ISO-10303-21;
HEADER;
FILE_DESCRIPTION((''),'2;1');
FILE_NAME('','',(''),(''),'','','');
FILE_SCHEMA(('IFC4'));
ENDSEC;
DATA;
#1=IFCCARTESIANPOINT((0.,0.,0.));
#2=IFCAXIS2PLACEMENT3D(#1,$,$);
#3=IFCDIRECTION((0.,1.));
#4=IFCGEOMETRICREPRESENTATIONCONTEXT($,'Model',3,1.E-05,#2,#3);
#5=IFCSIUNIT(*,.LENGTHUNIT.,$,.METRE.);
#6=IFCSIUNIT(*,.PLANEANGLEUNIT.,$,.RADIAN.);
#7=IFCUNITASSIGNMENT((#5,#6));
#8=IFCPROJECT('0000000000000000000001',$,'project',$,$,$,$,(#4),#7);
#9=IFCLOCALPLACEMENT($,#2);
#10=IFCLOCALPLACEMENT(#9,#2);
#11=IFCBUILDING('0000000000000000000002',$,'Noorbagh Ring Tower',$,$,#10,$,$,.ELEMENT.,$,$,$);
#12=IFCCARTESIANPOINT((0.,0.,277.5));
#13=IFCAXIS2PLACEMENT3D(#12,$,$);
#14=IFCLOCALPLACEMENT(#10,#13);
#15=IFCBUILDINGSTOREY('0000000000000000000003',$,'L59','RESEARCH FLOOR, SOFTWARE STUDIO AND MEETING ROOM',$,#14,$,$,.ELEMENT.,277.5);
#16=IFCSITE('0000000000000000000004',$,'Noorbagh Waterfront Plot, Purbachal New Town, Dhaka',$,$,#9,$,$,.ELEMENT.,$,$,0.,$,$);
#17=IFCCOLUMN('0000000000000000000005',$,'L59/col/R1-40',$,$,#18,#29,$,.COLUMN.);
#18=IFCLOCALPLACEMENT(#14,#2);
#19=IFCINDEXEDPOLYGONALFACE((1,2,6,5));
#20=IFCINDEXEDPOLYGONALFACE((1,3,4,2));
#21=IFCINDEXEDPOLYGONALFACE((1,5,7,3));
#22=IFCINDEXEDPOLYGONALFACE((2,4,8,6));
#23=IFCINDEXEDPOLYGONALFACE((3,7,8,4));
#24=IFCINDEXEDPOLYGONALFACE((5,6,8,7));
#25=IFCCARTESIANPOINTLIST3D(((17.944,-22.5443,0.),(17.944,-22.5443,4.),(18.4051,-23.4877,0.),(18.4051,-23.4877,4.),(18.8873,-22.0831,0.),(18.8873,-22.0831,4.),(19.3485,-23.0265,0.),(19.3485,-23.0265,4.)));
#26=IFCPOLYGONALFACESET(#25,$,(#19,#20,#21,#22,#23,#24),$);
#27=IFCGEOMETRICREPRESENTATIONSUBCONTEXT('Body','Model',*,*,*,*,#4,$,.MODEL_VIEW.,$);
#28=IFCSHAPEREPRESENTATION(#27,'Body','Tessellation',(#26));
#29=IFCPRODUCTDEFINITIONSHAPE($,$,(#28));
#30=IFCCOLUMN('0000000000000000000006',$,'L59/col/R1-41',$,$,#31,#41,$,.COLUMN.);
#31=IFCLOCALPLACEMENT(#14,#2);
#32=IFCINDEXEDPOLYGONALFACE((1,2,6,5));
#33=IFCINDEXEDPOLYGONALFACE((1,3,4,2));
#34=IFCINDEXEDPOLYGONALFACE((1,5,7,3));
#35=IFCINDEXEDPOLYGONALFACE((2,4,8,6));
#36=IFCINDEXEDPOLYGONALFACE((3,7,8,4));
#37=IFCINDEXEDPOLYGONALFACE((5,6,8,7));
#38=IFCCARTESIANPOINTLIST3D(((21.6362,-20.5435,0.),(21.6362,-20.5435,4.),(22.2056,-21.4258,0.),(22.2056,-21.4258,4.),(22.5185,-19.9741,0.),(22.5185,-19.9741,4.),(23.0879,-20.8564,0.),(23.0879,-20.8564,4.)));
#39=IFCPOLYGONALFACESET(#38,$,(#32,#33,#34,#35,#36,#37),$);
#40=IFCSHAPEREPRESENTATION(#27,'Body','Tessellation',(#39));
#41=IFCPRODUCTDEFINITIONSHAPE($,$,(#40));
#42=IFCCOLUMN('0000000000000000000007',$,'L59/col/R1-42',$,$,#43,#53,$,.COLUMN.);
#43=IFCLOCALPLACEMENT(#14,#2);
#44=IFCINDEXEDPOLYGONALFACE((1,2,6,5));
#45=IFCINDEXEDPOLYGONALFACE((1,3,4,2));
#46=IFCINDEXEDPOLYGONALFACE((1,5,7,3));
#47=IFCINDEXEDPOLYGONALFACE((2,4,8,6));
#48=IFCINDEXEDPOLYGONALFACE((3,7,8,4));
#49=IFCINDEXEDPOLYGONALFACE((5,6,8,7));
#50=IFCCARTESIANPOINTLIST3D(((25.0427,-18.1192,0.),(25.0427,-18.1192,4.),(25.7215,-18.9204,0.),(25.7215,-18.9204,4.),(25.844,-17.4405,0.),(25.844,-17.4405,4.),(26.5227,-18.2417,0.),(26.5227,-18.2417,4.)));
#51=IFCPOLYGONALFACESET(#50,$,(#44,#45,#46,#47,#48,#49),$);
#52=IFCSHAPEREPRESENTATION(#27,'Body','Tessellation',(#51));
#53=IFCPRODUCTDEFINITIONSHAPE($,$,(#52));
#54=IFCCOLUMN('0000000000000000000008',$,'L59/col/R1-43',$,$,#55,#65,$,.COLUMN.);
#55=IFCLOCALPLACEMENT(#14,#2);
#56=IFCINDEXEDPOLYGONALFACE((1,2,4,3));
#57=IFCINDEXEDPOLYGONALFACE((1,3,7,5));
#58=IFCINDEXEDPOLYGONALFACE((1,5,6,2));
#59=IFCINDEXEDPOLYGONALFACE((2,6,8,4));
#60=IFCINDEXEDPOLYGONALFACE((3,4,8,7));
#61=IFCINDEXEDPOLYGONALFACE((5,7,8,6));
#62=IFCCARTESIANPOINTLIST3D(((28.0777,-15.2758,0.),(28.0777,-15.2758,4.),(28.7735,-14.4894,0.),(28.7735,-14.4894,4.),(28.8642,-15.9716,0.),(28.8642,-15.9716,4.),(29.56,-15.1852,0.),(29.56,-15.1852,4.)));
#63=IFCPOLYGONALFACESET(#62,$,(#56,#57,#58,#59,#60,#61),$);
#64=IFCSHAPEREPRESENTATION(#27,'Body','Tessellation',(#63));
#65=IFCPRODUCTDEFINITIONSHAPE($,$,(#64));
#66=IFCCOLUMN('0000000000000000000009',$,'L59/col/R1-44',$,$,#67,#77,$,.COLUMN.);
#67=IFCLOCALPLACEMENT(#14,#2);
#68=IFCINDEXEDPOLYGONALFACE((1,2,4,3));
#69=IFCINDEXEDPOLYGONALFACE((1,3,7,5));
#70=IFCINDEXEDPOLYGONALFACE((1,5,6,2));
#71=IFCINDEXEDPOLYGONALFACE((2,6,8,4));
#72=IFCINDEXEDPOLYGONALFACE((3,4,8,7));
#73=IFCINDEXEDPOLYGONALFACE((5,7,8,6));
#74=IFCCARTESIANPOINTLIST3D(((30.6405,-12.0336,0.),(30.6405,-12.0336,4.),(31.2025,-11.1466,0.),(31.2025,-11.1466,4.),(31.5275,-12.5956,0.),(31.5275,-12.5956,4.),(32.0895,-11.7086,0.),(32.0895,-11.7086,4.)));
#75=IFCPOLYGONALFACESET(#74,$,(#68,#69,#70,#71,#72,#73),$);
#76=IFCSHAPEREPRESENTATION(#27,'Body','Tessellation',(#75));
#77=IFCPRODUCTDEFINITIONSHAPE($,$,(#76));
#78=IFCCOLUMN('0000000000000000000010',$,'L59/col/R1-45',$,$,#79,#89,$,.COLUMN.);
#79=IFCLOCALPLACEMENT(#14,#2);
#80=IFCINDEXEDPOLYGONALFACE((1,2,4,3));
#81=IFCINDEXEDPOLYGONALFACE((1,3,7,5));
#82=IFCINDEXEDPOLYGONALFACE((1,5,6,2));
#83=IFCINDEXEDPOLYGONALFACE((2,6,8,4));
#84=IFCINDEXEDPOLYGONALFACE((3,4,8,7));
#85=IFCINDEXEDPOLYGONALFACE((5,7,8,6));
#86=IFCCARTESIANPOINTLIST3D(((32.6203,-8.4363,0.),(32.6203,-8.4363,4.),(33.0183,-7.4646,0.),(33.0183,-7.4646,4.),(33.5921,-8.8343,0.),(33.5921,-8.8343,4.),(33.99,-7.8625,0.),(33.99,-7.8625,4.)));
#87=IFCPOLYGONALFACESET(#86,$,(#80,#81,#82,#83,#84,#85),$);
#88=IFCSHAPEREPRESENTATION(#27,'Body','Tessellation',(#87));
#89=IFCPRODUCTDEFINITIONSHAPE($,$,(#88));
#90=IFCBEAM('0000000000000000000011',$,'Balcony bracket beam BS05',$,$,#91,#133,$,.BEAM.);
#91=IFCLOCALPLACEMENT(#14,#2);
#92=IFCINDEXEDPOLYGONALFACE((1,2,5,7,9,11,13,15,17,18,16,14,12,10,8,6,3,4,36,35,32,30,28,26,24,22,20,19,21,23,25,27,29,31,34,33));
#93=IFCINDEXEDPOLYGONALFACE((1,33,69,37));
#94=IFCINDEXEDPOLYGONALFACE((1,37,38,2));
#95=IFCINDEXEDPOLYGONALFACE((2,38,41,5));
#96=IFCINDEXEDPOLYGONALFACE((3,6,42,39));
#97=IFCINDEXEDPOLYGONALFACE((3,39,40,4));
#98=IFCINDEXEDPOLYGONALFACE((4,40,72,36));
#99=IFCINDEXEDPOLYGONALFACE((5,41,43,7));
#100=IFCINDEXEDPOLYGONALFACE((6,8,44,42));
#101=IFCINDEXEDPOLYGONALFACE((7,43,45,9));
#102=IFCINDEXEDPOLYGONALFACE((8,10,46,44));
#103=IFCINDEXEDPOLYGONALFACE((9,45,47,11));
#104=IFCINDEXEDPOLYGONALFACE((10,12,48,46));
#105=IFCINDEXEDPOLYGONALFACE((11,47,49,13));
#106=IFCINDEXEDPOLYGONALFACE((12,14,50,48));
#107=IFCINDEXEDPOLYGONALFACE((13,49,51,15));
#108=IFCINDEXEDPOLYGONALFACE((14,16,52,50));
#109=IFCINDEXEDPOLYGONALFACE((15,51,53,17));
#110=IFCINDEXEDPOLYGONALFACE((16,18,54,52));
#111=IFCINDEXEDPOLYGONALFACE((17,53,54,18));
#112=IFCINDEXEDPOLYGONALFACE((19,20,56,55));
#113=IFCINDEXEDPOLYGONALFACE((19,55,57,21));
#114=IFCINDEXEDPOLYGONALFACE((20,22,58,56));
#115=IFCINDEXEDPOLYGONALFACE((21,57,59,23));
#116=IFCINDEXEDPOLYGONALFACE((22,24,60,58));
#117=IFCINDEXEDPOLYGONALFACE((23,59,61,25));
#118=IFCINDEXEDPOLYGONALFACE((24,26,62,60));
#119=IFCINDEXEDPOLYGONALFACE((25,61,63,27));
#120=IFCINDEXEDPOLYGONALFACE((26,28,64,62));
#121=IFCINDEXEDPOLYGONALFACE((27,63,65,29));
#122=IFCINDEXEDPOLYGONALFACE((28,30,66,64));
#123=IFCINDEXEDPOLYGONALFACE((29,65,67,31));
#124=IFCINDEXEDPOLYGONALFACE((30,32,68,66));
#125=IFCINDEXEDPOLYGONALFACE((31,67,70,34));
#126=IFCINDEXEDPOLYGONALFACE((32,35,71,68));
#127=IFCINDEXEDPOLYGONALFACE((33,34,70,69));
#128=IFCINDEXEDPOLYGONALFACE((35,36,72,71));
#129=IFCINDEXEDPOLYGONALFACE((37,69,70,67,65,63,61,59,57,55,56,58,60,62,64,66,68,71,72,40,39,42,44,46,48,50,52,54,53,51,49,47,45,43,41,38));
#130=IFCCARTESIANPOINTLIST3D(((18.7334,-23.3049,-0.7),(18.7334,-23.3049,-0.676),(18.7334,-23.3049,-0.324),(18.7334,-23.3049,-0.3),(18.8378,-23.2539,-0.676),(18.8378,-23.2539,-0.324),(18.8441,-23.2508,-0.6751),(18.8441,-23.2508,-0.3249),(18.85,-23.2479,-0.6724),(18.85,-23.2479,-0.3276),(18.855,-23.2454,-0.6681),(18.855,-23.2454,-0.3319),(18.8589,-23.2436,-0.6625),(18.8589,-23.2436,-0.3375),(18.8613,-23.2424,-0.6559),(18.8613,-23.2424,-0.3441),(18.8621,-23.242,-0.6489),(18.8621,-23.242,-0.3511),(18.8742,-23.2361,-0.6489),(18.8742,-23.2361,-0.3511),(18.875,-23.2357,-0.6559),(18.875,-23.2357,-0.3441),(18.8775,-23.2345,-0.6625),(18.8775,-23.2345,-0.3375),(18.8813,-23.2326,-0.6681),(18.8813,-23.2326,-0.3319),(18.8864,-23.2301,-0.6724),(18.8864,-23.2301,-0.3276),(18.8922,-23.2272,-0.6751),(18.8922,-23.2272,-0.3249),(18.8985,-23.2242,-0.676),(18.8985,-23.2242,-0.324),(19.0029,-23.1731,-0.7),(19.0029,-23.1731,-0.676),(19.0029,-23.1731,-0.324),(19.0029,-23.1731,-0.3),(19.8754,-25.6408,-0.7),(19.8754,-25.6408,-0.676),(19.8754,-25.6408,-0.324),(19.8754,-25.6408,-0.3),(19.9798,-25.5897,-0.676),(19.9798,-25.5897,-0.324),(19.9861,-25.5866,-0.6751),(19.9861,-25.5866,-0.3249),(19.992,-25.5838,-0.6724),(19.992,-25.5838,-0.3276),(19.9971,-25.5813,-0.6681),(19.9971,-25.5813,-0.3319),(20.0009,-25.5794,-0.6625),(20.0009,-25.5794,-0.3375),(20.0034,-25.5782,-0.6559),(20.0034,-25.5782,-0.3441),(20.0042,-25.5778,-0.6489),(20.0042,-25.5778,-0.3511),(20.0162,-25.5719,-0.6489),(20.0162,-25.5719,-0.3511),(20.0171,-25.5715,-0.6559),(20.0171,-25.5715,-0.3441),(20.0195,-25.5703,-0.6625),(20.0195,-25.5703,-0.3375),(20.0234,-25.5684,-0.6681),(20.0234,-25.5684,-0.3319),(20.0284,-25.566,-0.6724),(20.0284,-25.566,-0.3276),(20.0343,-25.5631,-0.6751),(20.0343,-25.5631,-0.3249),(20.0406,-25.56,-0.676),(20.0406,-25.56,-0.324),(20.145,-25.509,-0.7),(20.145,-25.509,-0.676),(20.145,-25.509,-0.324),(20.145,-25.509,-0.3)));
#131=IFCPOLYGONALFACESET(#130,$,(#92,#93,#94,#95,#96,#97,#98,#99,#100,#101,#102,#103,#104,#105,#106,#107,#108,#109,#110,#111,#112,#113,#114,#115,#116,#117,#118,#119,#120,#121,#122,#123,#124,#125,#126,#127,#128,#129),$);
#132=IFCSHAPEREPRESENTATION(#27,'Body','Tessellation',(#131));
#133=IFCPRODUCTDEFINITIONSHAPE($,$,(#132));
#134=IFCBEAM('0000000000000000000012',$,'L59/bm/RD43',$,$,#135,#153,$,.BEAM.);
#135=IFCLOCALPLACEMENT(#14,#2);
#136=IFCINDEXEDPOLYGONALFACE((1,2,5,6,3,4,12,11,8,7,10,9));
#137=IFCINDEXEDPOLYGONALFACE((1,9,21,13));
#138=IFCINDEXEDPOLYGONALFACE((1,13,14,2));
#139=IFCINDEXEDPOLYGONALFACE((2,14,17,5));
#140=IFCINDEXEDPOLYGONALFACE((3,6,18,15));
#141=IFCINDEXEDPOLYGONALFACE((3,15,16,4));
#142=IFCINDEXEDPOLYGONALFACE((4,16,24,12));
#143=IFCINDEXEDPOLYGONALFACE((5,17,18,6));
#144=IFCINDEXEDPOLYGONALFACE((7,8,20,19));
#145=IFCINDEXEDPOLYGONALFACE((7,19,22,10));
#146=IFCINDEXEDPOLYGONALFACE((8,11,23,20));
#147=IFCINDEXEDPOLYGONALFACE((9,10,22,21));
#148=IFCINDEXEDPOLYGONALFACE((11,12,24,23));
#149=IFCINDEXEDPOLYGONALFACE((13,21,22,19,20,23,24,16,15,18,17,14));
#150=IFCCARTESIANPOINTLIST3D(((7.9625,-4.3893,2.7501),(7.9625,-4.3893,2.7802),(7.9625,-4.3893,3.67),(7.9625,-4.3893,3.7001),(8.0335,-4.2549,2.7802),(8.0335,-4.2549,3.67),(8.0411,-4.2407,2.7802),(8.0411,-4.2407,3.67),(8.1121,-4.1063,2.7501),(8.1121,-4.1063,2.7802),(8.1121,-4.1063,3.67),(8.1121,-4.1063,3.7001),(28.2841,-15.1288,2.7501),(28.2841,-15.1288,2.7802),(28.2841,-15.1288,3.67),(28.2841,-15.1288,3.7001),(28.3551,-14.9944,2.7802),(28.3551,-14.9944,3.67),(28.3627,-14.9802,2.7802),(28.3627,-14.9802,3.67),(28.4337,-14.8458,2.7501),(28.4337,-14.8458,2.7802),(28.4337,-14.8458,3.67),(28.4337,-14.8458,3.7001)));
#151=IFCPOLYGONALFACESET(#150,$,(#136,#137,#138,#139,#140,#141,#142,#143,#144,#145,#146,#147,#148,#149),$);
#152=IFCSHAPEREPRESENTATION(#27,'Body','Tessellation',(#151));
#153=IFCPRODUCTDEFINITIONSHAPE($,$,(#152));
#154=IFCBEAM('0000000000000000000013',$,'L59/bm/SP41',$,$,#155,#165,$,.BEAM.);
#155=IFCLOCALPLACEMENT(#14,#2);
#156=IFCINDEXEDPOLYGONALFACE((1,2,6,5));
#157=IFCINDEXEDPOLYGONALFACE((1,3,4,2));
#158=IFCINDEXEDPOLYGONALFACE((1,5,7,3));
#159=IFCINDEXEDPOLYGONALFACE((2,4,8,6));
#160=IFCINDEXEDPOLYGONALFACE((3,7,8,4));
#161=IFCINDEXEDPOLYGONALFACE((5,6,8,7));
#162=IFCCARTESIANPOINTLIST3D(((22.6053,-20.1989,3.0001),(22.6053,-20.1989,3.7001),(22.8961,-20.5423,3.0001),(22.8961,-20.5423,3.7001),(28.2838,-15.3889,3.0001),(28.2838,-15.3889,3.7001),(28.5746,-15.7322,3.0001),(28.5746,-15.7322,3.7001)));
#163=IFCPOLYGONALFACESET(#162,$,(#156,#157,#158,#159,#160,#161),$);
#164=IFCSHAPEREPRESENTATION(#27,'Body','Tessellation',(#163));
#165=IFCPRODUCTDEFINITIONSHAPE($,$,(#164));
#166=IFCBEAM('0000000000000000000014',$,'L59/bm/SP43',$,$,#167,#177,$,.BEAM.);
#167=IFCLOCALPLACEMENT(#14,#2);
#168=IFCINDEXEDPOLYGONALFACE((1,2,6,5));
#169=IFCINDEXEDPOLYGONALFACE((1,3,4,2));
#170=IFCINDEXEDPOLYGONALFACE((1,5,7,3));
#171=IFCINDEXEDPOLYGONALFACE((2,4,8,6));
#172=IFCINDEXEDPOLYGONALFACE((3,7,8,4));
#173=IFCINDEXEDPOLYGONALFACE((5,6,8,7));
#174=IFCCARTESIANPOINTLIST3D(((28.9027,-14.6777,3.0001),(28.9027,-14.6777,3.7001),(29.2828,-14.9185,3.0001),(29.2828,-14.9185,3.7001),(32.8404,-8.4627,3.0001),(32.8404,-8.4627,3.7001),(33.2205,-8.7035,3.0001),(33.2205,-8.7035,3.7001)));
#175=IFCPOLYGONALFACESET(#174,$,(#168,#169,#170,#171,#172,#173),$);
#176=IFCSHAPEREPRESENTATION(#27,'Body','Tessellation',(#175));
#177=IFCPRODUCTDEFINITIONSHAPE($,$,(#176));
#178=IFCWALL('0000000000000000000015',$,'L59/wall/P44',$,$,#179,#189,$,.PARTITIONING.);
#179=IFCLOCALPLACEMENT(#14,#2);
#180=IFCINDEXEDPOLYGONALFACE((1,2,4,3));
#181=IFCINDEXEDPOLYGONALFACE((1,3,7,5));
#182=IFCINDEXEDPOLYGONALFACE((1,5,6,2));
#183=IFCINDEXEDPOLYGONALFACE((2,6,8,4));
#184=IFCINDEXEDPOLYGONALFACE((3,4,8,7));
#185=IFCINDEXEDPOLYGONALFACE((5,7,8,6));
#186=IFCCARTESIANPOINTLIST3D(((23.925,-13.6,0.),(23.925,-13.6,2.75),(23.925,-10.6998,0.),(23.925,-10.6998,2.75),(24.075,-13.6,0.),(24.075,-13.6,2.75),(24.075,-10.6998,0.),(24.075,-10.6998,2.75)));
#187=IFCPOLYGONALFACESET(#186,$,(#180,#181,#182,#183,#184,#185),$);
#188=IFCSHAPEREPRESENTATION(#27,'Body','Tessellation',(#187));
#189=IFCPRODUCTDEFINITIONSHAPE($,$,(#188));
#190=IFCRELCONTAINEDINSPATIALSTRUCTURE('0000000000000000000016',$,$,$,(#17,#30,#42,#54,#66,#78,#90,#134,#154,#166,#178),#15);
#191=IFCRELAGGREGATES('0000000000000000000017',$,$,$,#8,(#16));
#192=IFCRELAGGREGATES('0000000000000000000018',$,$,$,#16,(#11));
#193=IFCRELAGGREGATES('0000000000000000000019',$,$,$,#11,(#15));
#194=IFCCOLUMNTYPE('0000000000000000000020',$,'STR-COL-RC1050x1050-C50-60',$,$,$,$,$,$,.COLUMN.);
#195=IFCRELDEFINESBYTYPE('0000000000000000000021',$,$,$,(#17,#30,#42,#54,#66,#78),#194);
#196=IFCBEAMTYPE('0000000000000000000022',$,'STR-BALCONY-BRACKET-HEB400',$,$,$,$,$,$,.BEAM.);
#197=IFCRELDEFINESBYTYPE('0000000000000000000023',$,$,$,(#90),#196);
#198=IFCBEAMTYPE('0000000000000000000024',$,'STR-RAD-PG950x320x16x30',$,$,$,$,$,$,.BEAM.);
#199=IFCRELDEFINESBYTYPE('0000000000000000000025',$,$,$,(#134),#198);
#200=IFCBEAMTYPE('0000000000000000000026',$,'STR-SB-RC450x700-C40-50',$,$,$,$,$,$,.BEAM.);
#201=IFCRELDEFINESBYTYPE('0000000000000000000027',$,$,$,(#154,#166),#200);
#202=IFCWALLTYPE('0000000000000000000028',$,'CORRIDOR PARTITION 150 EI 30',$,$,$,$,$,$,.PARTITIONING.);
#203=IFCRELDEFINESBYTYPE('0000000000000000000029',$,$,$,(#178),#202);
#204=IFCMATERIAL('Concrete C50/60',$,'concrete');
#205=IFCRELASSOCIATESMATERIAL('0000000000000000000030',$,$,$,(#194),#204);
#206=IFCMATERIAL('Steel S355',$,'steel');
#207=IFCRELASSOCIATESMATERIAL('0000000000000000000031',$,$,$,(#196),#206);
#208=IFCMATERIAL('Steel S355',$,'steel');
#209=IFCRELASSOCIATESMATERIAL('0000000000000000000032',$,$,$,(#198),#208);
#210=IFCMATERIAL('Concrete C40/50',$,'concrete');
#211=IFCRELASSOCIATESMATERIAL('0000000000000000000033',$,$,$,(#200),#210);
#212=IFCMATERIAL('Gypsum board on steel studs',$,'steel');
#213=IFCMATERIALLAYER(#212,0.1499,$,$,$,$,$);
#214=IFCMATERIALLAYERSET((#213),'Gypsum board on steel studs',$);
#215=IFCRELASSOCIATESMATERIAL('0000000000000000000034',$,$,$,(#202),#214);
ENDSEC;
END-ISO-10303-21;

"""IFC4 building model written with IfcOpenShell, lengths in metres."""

from ifc_helpers import new_model, si_unit, direction, frame, frame_2d, origin, origin_2d, place, context, subcontext, project, spatial, rectangle, i_section, extrude, material, layer, layer_set, material_profile, profile_set, type_object, element, save


model = new_model("IFC4")

# Units and contexts
model_context = context("Model", 3, precision=1e-05, world=origin(), true_north=direction((0.0, 1.0)))
body_context = subcontext(model_context, "Body", "Model", "MODEL_VIEW")
ifc_project = project(units=[si_unit("LENGTHUNIT", "METRE"), si_unit("PLANEANGLEUNIT", "RADIAN")], contexts=[model_context])

# Site, building, storey
site_placement = place(None, origin())
site = spatial("IfcSite", under=ifc_project, at=site_placement, Name="Noorbagh Waterfront Plot, Purbachal New Town, Dhaka", CompositionType="ELEMENT", RefElevation=0.0)
building_placement = place(site_placement, origin())
building = spatial("IfcBuilding", under=site, at=building_placement, Name="Noorbagh Ring Tower", CompositionType="ELEMENT")
storey_placement = place(building_placement, frame((0.0, 0.0, 277.5)))
storey = spatial("IfcBuildingStorey", under=building, at=storey_placement, Name="L59", Description="RESEARCH FLOOR, SOFTWARE STUDIO AND MEETING ROOM", CompositionType="ELEMENT", Elevation=277.5)

# Columns
ifc_material_1 = material(Name="Concrete C50/60", Category="concrete")
ifc_material_profile_1 = material_profile(ifc_material_1, rectangle(XDim=1.05, YDim=1.05, at=origin_2d()), Name="RC1050x1050")
ifc_profile_set_1 = profile_set([ifc_material_profile_1], Name="Concrete C50/60")
column_type = type_object("IfcColumnType", Name="STR-COL-RC1050x1050-C50-60", PredefinedType="COLUMN", material=ifc_profile_set_1)
for number, where, z_axis, x_axis, name in (
    (1, (18.6462, -22.7854, 0.0), (0.0, 0.0, 1.0), (0.898399, 0.43918, 0.0), "L59/col/R1-40"),
    (2, (22.3621, -20.7, 0.0), (0.0, 0.0, 1.0), (0.840248, 0.542203, 0.0), "L59/col/R1-41"),
    (3, (25.7827, -18.1804, 0.0), (0.0, 0.0, 1.0), (0.763035, 0.646357, 0.0), "L59/col/R1-42"),
    (4, (28.8188, -15.2305, 0.0), (0.0, 0.0, 1.0), (0.662636, 0.748942, 0.0), "L59/col/R1-43"),
    (5, (31.365, -11.8711, 0.0), (0.0, 0.0, 1.0), (0.53519, 0.844731, 0.0), "L59/col/R1-44"),
    (6, (33.3052, -8.1494, 0.0), (0.0, 0.0, 1.0), (0.378989, 0.925401, 0.0), "L59/col/R1-45"),
):
    element("IfcColumn", number, at=place(storey_placement, frame(where, z_axis=z_axis, x_axis=x_axis)), inside=storey, type_object=column_type, Name=name, PredefinedType="COLUMN", context=body_context, shape_type="SweptSolid", body=[
        extrude(rectangle(XDim=1.05, YDim=1.05, at=origin_2d()), origin(), (0.0, 0.0, 1.0), 4.0),
    ])

# Beams
ifc_material_2 = material(Name="Steel S355", Category="steel")
ifc_material_profile_2 = material_profile(ifc_material_2, i_section(OverallWidth=0.3, OverallDepth=0.3999, WebThickness=0.0134, FlangeThickness=0.0239, FilletRadius=0.0271, at=origin_2d()), Name="HEB400")
ifc_profile_set_2 = profile_set([ifc_material_profile_2], Name="Steel S355")
beam_type_1 = type_object("IfcBeamType", Name="STR-BALCONY-BRACKET-HEB400", PredefinedType="BEAM", material=ifc_profile_set_2)
beam_1_placement = place(storey_placement, frame((18.8682, -23.239, -0.5), z_axis=(0.439234, -0.898373, 0.0), x_axis=(0.898373, 0.439234, 0.0)))
element("IfcBeam", 7, at=beam_1_placement, inside=storey, type_object=beam_type_1, Name="Balcony bracket beam BS05", PredefinedType="BEAM", context=body_context, shape_type="SweptSolid", body=[
    extrude(i_section(OverallWidth=0.3, OverallDepth=0.3999, WebThickness=0.0134, FlangeThickness=0.0239, FilletRadius=0.0271, at=origin_2d()), origin(), (0.0, 0.0, 1.0), 2.6001),
])
ifc_material_3 = material(Name="Steel S355", Category="steel")
ifc_material_profile_3 = material_profile(ifc_material_3, i_section(OverallWidth=0.3201, OverallDepth=0.95, WebThickness=0.0161, FlangeThickness=0.03, at=origin_2d()), Name="PG950x320x16x30")
ifc_profile_set_3 = profile_set([ifc_material_profile_3], Name="Steel S355")
beam_type_2 = type_object("IfcBeamType", Name="STR-RAD-PG950x320x16x30", PredefinedType="BEAM", material=ifc_profile_set_3)
beam_2_placement = place(storey_placement, frame((28.3589, -14.9873, 3.2251), z_axis=(-0.884129, 0.467243, 0.0), x_axis=(-0.467243, -0.884129, 0.0)))
element("IfcBeam", 8, at=beam_2_placement, inside=storey, type_object=beam_type_2, Name="L59/bm/RD43", PredefinedType="BEAM", context=body_context, shape_type="SweptSolid", body=[
    extrude(i_section(OverallWidth=0.3201, OverallDepth=0.95, WebThickness=0.0161, FlangeThickness=0.03, at=origin_2d()), origin(), (0.0, 0.0, 1.0), 22.9849),
])
ifc_material_4 = material(Name="Concrete C40/50", Category="concrete")
ifc_material_profile_4 = material_profile(ifc_material_4, rectangle(XDim=0.45, YDim=0.7, at=origin_2d()), Name="RC450x700")
ifc_profile_set_4 = profile_set([ifc_material_profile_4], Name="Concrete C40/50")
beam_type_3 = type_object("IfcBeamType", Name="STR-SB-RC450x700-C40-50", PredefinedType="BEAM", material=ifc_profile_set_4)
beam_3_placement = place(storey_placement, frame((22.7507, -20.3706, 3.3501), z_axis=(0.763041, 0.64635, 0.0), x_axis=(-0.64635, 0.763041, 0.0)))
element("IfcBeam", 9, at=beam_3_placement, inside=storey, type_object=beam_type_3, Name="L59/bm/SP41", PredefinedType="BEAM", context=body_context, shape_type="SweptSolid", body=[
    extrude(rectangle(XDim=0.45, YDim=0.7, at=origin_2d()), origin(), (0.0, 0.0, 1.0), 7.4419),
])
beam_4_placement = place(storey_placement, frame((29.0928, -14.7981, 3.3501), z_axis=(0.5352, 0.844726, 0.0), x_axis=(-0.844726, 0.5352, 0.0)))
element("IfcBeam", 10, at=beam_4_placement, inside=storey, type_object=beam_type_3, Name="L59/bm/SP43", PredefinedType="BEAM", context=body_context, shape_type="SweptSolid", body=[
    extrude(rectangle(XDim=0.45, YDim=0.7, at=origin_2d()), origin(), (0.0, 0.0, 1.0), 7.3574),
])

# Wall
ifc_material_5 = material(Name="Gypsum board on steel studs", Category="steel")
ifc_layer_1 = layer(ifc_material_5, 0.1499)
ifc_layer_set_1 = layer_set([ifc_layer_1], Name="Gypsum board on steel studs")
wall_type_1 = type_object("IfcWallType", Name="CORRIDOR PARTITION 150 EI 30", PredefinedType="PARTITIONING", material=ifc_layer_set_1)
wall_1_placement = place(storey_placement, frame((24.0, -13.6001, 0.0), z_axis=(0.0, 0.0, 1.0), x_axis=(0.0, 1.0, 0.0)))
element("IfcWall", 11, at=wall_1_placement, inside=storey, type_object=wall_type_1, Name="L59/wall/P44", PredefinedType="PARTITIONING", context=body_context, shape_type="SweptSolid", body=[
    extrude(rectangle(XDim=2.9001, YDim=0.1499, at=frame_2d((1.4502, 0.0))), origin(), (0.0, 0.0, 1.0), 2.75),
])

save(model, "model.ifc")
